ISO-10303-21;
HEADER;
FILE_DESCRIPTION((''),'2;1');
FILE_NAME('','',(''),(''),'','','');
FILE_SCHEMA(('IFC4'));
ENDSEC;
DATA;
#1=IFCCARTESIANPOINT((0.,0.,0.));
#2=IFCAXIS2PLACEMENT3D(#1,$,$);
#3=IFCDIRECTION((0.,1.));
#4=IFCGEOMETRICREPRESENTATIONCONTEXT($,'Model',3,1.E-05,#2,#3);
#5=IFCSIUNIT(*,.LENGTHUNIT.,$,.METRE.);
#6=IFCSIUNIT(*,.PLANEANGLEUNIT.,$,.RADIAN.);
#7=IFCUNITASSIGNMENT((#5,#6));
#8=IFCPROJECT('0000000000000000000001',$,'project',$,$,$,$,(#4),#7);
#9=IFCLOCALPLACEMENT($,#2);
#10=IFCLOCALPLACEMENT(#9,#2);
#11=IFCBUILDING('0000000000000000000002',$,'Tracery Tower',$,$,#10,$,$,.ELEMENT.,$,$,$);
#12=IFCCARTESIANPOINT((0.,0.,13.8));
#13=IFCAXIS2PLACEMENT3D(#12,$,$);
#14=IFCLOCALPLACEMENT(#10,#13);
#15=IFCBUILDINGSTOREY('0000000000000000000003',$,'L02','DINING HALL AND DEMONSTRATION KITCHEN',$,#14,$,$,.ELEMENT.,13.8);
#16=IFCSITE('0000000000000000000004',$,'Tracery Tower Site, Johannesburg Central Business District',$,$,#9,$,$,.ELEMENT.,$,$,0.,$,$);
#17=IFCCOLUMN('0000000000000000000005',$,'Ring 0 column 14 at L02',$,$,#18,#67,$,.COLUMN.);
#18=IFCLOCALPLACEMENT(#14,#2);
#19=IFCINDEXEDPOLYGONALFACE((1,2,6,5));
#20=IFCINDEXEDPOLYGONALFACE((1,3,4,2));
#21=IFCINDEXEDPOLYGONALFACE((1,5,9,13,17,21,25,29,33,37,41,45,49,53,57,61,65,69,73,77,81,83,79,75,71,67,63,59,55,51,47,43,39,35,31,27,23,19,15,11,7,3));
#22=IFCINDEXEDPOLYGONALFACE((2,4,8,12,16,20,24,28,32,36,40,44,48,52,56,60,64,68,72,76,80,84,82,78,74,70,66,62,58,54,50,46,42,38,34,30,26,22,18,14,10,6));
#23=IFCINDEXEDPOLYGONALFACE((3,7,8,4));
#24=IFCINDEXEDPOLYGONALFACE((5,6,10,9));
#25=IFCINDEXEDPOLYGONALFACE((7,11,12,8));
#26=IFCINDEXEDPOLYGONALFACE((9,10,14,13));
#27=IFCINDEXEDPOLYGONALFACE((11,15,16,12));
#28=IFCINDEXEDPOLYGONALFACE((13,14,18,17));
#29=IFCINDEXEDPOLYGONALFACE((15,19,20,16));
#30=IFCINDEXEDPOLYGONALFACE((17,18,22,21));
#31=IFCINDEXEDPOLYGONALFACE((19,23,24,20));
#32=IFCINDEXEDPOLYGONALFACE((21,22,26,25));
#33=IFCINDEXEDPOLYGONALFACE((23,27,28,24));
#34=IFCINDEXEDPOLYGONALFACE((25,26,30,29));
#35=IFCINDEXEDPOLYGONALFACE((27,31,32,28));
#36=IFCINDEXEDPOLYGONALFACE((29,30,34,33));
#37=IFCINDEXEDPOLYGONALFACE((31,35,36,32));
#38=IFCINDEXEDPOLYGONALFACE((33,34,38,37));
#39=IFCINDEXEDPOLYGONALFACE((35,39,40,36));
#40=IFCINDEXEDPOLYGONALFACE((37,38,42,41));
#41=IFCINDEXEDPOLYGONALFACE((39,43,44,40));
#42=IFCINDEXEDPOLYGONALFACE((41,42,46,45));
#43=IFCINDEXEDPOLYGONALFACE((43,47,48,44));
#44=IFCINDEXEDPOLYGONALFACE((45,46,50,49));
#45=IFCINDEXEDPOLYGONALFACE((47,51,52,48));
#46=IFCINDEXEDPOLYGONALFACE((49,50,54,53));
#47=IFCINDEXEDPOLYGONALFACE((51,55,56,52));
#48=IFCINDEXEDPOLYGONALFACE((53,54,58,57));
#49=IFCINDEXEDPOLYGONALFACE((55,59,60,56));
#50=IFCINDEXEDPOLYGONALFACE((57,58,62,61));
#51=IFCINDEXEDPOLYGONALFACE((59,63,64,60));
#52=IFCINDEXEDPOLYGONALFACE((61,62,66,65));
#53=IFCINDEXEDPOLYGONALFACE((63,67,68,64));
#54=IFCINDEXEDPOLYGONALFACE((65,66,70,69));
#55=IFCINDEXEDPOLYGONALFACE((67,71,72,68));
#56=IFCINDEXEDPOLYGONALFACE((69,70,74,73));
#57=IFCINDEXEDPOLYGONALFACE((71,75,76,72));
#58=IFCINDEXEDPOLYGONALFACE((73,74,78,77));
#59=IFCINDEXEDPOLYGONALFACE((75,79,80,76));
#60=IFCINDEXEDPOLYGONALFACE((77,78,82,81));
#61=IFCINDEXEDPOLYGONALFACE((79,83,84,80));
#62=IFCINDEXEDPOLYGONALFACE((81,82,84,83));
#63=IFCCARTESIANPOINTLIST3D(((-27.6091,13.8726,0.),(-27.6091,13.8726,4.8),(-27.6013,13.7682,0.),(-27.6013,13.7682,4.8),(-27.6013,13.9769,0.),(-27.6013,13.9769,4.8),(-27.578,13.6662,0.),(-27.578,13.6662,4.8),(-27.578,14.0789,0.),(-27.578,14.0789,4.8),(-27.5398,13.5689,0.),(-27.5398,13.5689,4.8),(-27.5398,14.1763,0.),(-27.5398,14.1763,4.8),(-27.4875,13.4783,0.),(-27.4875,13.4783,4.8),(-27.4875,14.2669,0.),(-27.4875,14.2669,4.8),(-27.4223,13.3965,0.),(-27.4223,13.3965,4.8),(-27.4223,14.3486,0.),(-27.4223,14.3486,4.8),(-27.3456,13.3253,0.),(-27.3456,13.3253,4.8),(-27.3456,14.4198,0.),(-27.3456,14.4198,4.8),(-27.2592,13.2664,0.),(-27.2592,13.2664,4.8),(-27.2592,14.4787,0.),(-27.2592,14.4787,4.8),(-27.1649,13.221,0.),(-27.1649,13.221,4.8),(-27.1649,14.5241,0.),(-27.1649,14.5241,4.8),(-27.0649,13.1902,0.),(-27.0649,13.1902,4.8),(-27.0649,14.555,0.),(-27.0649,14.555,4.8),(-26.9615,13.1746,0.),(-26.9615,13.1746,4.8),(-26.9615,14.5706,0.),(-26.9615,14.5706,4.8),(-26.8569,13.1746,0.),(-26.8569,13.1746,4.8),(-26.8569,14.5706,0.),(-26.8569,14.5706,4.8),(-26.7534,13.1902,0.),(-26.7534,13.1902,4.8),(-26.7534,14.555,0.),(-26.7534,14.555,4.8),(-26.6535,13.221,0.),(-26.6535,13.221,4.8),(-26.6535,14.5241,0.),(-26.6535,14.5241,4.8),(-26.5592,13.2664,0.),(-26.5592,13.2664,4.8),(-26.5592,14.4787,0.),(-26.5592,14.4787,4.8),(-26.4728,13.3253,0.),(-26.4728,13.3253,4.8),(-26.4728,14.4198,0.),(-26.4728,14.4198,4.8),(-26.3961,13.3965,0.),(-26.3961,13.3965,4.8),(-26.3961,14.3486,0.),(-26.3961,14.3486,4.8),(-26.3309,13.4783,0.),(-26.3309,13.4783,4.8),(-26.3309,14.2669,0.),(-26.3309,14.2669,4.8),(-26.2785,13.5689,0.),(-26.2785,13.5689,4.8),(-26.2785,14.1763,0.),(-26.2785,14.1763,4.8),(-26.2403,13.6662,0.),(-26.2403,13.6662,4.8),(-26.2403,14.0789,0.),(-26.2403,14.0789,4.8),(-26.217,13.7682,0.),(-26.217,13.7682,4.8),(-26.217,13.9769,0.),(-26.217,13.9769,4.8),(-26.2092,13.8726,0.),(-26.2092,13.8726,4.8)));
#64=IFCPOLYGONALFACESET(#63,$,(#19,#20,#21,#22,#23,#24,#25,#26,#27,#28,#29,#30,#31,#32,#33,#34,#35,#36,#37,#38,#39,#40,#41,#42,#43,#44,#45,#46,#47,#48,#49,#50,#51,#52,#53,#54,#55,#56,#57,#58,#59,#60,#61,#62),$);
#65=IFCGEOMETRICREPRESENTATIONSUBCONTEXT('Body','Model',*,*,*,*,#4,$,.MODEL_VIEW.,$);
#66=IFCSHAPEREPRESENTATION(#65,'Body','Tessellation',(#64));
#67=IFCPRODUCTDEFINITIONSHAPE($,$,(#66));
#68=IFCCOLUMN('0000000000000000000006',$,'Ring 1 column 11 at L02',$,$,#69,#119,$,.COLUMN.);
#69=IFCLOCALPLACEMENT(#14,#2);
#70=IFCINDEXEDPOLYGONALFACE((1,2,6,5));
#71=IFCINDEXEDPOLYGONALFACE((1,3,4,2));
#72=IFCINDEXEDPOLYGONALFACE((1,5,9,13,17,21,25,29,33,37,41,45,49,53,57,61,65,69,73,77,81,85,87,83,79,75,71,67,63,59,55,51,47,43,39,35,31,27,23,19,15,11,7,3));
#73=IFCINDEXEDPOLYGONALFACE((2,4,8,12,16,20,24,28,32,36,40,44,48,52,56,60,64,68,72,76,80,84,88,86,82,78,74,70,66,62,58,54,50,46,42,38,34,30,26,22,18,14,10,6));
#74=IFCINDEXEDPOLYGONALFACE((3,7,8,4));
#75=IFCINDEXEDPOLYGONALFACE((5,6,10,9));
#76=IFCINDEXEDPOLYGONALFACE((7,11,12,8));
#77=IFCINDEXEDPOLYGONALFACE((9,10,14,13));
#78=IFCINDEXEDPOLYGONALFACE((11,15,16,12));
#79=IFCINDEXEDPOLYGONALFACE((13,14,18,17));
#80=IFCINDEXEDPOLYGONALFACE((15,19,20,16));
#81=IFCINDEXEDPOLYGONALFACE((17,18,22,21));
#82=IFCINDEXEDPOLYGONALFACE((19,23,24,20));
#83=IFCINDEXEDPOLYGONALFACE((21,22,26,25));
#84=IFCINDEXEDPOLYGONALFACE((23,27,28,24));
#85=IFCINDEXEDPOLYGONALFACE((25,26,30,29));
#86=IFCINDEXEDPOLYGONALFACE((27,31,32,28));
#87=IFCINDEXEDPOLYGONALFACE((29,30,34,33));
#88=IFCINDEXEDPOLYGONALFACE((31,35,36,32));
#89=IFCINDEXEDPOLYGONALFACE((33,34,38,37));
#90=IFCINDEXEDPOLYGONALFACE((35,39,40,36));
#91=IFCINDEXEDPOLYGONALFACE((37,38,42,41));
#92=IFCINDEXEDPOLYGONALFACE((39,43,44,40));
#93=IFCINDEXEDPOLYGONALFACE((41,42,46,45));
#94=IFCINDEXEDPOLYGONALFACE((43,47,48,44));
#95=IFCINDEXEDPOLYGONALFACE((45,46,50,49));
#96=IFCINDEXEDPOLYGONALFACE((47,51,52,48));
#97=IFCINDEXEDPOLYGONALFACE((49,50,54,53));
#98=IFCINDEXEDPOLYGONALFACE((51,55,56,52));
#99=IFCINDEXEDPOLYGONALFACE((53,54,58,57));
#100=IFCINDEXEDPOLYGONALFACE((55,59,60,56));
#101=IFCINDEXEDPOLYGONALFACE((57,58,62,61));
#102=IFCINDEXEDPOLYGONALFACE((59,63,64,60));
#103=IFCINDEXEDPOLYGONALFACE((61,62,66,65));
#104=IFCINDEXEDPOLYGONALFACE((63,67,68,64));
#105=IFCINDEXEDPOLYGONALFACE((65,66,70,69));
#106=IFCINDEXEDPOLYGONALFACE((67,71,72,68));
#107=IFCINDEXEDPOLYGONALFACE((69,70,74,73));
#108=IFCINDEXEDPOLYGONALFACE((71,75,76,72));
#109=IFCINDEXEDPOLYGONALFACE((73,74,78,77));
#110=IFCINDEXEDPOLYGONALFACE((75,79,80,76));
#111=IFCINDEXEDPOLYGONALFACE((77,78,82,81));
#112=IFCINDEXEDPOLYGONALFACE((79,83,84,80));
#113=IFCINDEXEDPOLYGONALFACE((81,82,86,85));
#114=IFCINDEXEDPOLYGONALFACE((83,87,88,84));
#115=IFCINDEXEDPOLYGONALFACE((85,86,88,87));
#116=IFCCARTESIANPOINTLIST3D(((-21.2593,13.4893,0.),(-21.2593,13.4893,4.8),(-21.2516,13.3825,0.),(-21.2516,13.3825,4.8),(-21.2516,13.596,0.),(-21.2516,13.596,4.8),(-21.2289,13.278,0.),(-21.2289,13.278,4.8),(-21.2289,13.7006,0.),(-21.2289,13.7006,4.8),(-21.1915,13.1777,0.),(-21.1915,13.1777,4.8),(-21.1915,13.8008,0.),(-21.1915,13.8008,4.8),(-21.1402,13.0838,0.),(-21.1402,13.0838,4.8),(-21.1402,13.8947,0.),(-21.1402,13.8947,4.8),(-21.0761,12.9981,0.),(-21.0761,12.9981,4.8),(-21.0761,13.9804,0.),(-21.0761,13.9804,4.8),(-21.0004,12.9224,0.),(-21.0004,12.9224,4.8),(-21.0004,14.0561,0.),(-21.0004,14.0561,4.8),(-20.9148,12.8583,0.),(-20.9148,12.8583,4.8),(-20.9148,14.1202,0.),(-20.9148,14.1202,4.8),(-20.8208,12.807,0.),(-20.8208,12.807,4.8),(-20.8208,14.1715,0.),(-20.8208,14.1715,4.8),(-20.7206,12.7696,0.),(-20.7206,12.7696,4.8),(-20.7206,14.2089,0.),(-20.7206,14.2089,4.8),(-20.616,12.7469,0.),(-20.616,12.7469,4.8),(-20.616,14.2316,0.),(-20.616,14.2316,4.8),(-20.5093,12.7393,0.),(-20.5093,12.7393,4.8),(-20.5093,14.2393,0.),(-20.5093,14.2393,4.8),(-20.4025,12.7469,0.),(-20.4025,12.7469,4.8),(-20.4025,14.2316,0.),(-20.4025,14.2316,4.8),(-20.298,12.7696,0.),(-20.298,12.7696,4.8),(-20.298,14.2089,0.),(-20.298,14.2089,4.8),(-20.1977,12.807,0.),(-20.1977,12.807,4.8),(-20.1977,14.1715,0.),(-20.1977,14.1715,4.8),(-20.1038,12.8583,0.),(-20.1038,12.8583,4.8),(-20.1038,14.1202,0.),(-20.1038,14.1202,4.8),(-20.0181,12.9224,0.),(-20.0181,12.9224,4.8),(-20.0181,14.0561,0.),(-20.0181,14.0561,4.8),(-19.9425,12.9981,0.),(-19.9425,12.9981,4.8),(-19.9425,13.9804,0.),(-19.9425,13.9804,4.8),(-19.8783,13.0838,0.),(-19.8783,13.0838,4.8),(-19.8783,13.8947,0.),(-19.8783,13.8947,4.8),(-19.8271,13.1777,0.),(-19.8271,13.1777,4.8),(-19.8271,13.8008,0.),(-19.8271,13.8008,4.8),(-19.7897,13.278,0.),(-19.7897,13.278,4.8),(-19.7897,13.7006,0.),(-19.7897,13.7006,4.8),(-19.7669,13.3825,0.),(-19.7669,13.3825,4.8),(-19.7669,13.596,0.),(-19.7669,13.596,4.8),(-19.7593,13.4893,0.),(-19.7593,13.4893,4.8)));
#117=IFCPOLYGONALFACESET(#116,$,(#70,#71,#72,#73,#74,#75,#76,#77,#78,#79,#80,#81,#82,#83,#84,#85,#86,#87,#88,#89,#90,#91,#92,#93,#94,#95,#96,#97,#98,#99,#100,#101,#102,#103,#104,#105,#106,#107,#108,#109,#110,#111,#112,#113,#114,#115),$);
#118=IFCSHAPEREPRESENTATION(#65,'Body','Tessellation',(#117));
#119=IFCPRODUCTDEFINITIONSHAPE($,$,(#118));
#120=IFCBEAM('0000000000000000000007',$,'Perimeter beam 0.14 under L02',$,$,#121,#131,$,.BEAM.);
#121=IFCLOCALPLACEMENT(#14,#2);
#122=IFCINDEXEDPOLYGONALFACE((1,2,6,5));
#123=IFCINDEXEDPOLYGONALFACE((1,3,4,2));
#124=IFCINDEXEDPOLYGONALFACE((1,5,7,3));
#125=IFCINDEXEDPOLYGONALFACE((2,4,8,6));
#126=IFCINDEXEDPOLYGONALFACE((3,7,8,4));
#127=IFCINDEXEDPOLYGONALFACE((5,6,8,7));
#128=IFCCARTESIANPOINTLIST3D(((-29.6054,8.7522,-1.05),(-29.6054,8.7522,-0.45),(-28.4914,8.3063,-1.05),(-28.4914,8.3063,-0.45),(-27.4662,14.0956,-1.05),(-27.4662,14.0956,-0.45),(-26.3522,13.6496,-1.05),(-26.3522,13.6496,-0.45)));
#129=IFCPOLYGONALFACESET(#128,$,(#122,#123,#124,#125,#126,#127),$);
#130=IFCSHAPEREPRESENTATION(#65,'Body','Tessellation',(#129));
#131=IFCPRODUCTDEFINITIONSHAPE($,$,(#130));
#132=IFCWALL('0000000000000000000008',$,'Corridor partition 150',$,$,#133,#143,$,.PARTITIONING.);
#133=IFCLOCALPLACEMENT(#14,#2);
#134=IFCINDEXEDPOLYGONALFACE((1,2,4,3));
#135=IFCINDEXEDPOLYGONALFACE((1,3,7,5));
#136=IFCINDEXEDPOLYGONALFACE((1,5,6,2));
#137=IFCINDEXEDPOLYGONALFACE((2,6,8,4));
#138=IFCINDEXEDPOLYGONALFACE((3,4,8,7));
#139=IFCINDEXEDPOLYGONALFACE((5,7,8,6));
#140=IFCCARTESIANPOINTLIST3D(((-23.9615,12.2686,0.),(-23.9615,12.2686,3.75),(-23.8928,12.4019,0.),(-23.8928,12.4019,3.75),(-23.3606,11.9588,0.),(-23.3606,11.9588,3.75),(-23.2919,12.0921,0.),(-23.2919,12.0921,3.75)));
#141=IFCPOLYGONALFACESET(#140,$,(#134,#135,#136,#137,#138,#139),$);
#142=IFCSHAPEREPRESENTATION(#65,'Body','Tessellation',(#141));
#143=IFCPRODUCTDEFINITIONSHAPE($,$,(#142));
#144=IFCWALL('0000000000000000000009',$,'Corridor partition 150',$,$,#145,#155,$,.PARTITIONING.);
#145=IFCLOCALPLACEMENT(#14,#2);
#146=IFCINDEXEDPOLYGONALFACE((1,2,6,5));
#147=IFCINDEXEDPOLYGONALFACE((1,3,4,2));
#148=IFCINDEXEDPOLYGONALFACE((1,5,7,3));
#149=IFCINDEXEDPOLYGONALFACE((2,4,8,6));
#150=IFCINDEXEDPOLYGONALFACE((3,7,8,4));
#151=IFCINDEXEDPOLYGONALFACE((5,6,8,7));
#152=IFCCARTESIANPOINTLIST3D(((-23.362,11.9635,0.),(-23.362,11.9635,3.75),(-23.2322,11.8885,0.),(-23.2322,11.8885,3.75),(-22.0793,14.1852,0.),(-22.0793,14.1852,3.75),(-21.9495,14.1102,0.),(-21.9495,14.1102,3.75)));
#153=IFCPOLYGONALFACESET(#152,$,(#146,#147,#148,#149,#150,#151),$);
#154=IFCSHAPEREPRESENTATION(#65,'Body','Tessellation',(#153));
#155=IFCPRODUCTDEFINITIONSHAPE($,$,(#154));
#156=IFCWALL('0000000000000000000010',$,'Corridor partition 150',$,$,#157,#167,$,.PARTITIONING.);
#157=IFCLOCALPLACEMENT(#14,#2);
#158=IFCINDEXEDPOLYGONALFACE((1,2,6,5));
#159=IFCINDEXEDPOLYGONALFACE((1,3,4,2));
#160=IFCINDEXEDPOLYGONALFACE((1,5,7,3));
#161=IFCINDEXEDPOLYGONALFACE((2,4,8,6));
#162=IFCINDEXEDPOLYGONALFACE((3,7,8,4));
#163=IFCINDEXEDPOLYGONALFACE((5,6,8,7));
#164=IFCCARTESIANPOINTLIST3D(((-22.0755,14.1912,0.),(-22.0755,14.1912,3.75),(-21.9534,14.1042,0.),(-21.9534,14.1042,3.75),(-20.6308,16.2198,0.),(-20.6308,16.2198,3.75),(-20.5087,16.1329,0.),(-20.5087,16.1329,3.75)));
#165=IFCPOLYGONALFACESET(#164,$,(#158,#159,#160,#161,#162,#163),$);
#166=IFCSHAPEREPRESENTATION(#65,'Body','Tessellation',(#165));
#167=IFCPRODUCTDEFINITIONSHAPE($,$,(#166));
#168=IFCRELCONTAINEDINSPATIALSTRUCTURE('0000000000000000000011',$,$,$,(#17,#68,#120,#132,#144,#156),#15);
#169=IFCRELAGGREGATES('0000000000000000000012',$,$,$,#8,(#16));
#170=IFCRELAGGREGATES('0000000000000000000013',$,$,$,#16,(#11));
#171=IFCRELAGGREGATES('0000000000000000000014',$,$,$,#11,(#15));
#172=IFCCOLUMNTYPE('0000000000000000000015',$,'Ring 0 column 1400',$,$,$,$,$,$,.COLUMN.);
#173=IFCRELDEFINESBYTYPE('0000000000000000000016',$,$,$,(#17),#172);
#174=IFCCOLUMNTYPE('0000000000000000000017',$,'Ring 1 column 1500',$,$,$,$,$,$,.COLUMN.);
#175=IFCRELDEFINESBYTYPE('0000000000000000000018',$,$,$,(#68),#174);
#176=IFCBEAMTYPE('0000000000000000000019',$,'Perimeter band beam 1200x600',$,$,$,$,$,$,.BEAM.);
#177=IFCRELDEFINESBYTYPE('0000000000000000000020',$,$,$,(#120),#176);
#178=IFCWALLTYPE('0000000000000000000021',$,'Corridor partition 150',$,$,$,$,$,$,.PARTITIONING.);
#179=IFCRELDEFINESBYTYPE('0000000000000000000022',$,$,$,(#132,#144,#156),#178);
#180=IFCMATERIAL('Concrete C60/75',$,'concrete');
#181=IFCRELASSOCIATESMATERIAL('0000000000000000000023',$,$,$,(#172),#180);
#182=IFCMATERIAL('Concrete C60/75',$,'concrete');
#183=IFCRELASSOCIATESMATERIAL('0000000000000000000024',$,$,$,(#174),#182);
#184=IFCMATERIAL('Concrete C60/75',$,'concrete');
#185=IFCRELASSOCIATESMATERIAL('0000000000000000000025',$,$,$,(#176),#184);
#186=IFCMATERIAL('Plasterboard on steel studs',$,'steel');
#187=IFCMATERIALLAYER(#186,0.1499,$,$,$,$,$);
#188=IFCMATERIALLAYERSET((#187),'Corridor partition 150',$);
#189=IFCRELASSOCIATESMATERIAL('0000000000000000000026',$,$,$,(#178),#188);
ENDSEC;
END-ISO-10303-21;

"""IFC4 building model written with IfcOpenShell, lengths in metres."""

from ifc_helpers import new_model, si_unit, direction, frame, frame_2d, origin, origin_2d, place, context, subcontext, project, spatial, rectangle, circle, extrude, material, layer, layer_set, material_profile, profile_set, type_object, element, save


model = new_model("IFC4")

# Units and contexts
model_context = context("Model", 3, precision=1e-05, world=origin(), true_north=direction((0.0, 1.0)))
body_context = subcontext(model_context, "Body", "Model", "MODEL_VIEW")
ifc_project = project(units=[si_unit("LENGTHUNIT", "METRE"), si_unit("PLANEANGLEUNIT", "RADIAN")], contexts=[model_context])

# Site, building, storey
site_placement = place(None, origin())
site = spatial("IfcSite", under=ifc_project, at=site_placement, Name="Tracery Tower Site, Johannesburg Central Business District", CompositionType="ELEMENT", RefElevation=0.0)
building_placement = place(site_placement, origin())
building = spatial("IfcBuilding", under=site, at=building_placement, Name="Tracery Tower", CompositionType="ELEMENT")
storey_placement = place(building_placement, frame((0.0, 0.0, 13.8)))
storey = spatial("IfcBuildingStorey", under=building, at=storey_placement, Name="L02", Description="DINING HALL AND DEMONSTRATION KITCHEN", CompositionType="ELEMENT", Elevation=13.8)

# Columns
ifc_material_1 = material(Name="Concrete C60/75", Category="concrete")
ifc_material_profile_1 = material_profile(ifc_material_1, circle(Radius=0.7, at=origin_2d()), Name="RC D1400")
ifc_profile_set_1 = profile_set([ifc_material_profile_1], Name="Concrete C60/75")
column_type_1 = type_object("IfcColumnType", Name="Ring 0 column 1400", PredefinedType="COLUMN", material=ifc_profile_set_1)
column_1_placement = place(storey_placement, frame((-26.9092, 13.8726, 0.0), z_axis=(0.0, 0.0, 1.0), x_axis=(1.0, 0.0, 0.0)))
element("IfcColumn", 1, at=column_1_placement, inside=storey, type_object=column_type_1, Name="Ring 0 column 14 at L02", PredefinedType="COLUMN", context=body_context, shape_type="SweptSolid", body=[
    extrude(circle(Radius=0.7, at=origin_2d()), origin(), (0.0, 0.0, 1.0), 4.8),
])
ifc_material_2 = material(Name="Concrete C60/75", Category="concrete")
ifc_material_profile_2 = material_profile(ifc_material_2, circle(Radius=0.75, at=origin_2d()), Name="RC D1500")
ifc_profile_set_2 = profile_set([ifc_material_profile_2], Name="Concrete C60/75")
column_type_2 = type_object("IfcColumnType", Name="Ring 1 column 1500", PredefinedType="COLUMN", material=ifc_profile_set_2)
column_2_placement = place(storey_placement, frame((-20.5093, 13.4893, 0.0), z_axis=(0.0, 0.0, 1.0), x_axis=(1.0, 0.0, 0.0)))
element("IfcColumn", 2, at=column_2_placement, inside=storey, type_object=column_type_2, Name="Ring 1 column 11 at L02", PredefinedType="COLUMN", context=body_context, shape_type="SweptSolid", body=[
    extrude(circle(Radius=0.75, at=origin_2d()), origin(), (0.0, 0.0, 1.0), 4.8),
])

# Beam
ifc_material_3 = material(Name="Concrete C60/75", Category="concrete")
ifc_material_profile_3 = material_profile(ifc_material_3, rectangle(XDim=1.2, YDim=0.6001, at=origin_2d()), Name="RC 1200x600")
ifc_profile_set_3 = profile_set([ifc_material_profile_3], Name="Concrete C60/75")
beam_type = type_object("IfcBeamType", Name="Perimeter band beam 1200x600", PredefinedType="BEAM", material=ifc_profile_set_3)
beam_placement = place(storey_placement, frame((-26.9092, 13.8726, -0.75), z_axis=(-0.371669, -0.928365, 0.0), x_axis=(0.928365, -0.371669, 0.0)))
element("IfcBeam", 3, at=beam_placement, inside=storey, type_object=beam_type, Name="Perimeter beam 0.14 under L02", PredefinedType="BEAM", context=body_context, shape_type="SweptSolid", body=[
    extrude(rectangle(XDim=1.2, YDim=0.6001, at=origin_2d()), origin(), (0.0, 0.0, 1.0), 5.7556),
])

# Walls
ifc_material_4 = material(Name="Plasterboard on steel studs", Category="steel")
ifc_layer_1 = layer(ifc_material_4, 0.1499)
ifc_layer_set_1 = layer_set([ifc_layer_1], Name="Corridor partition 150")
wall_type_1 = type_object("IfcWallType", Name="Corridor partition 150", PredefinedType="PARTITIONING", material=ifc_layer_set_1)
wall_1_placement = place(storey_placement, frame((-23.927, 12.3352, 0.0), z_axis=(0.0, 0.0, 1.0), x_axis=(0.888796, -0.458303, 0.0)))
element("IfcWall", 4, at=wall_1_placement, inside=storey, type_object=wall_type_1, Name="Corridor partition 150", PredefinedType="PARTITIONING", context=body_context, shape_type="SweptSolid", body=[
    extrude(rectangle(XDim=0.676, YDim=0.1499, at=frame_2d((0.3379, 0.0))), origin(), (0.0, 0.0, 1.0), 3.75),
])
wall_2_placement = place(storey_placement, frame((-22.0144, 14.1477, 0.0), z_axis=(0.0, 0.0, 1.0), x_axis=(-0.500008, -0.866021, 0.0)))
element("IfcWall", 5, at=wall_2_placement, inside=storey, type_object=wall_type_1, Name="Corridor partition 150", PredefinedType="PARTITIONING", context=body_context, shape_type="SweptSolid", body=[
    extrude(rectangle(XDim=2.5654, YDim=0.1499, at=frame_2d((1.2827, 0.0))), origin(), (0.0, 0.0, 1.0), 3.75),
])
wall_3_placement = place(storey_placement, frame((-20.5698, 16.1763, 0.0), z_axis=(0.0, 0.0, 1.0), x_axis=(-0.580069, -0.814567, 0.0)))
element("IfcWall", 6, at=wall_3_placement, inside=storey, type_object=wall_type_1, Name="Corridor partition 150", PredefinedType="PARTITIONING", context=body_context, shape_type="SweptSolid", body=[
    extrude(rectangle(XDim=2.4905, YDim=0.1499, at=frame_2d((1.2451, 0.0))), origin(), (0.0, 0.0, 1.0), 3.75),
])

save(model, "model.ifc")
